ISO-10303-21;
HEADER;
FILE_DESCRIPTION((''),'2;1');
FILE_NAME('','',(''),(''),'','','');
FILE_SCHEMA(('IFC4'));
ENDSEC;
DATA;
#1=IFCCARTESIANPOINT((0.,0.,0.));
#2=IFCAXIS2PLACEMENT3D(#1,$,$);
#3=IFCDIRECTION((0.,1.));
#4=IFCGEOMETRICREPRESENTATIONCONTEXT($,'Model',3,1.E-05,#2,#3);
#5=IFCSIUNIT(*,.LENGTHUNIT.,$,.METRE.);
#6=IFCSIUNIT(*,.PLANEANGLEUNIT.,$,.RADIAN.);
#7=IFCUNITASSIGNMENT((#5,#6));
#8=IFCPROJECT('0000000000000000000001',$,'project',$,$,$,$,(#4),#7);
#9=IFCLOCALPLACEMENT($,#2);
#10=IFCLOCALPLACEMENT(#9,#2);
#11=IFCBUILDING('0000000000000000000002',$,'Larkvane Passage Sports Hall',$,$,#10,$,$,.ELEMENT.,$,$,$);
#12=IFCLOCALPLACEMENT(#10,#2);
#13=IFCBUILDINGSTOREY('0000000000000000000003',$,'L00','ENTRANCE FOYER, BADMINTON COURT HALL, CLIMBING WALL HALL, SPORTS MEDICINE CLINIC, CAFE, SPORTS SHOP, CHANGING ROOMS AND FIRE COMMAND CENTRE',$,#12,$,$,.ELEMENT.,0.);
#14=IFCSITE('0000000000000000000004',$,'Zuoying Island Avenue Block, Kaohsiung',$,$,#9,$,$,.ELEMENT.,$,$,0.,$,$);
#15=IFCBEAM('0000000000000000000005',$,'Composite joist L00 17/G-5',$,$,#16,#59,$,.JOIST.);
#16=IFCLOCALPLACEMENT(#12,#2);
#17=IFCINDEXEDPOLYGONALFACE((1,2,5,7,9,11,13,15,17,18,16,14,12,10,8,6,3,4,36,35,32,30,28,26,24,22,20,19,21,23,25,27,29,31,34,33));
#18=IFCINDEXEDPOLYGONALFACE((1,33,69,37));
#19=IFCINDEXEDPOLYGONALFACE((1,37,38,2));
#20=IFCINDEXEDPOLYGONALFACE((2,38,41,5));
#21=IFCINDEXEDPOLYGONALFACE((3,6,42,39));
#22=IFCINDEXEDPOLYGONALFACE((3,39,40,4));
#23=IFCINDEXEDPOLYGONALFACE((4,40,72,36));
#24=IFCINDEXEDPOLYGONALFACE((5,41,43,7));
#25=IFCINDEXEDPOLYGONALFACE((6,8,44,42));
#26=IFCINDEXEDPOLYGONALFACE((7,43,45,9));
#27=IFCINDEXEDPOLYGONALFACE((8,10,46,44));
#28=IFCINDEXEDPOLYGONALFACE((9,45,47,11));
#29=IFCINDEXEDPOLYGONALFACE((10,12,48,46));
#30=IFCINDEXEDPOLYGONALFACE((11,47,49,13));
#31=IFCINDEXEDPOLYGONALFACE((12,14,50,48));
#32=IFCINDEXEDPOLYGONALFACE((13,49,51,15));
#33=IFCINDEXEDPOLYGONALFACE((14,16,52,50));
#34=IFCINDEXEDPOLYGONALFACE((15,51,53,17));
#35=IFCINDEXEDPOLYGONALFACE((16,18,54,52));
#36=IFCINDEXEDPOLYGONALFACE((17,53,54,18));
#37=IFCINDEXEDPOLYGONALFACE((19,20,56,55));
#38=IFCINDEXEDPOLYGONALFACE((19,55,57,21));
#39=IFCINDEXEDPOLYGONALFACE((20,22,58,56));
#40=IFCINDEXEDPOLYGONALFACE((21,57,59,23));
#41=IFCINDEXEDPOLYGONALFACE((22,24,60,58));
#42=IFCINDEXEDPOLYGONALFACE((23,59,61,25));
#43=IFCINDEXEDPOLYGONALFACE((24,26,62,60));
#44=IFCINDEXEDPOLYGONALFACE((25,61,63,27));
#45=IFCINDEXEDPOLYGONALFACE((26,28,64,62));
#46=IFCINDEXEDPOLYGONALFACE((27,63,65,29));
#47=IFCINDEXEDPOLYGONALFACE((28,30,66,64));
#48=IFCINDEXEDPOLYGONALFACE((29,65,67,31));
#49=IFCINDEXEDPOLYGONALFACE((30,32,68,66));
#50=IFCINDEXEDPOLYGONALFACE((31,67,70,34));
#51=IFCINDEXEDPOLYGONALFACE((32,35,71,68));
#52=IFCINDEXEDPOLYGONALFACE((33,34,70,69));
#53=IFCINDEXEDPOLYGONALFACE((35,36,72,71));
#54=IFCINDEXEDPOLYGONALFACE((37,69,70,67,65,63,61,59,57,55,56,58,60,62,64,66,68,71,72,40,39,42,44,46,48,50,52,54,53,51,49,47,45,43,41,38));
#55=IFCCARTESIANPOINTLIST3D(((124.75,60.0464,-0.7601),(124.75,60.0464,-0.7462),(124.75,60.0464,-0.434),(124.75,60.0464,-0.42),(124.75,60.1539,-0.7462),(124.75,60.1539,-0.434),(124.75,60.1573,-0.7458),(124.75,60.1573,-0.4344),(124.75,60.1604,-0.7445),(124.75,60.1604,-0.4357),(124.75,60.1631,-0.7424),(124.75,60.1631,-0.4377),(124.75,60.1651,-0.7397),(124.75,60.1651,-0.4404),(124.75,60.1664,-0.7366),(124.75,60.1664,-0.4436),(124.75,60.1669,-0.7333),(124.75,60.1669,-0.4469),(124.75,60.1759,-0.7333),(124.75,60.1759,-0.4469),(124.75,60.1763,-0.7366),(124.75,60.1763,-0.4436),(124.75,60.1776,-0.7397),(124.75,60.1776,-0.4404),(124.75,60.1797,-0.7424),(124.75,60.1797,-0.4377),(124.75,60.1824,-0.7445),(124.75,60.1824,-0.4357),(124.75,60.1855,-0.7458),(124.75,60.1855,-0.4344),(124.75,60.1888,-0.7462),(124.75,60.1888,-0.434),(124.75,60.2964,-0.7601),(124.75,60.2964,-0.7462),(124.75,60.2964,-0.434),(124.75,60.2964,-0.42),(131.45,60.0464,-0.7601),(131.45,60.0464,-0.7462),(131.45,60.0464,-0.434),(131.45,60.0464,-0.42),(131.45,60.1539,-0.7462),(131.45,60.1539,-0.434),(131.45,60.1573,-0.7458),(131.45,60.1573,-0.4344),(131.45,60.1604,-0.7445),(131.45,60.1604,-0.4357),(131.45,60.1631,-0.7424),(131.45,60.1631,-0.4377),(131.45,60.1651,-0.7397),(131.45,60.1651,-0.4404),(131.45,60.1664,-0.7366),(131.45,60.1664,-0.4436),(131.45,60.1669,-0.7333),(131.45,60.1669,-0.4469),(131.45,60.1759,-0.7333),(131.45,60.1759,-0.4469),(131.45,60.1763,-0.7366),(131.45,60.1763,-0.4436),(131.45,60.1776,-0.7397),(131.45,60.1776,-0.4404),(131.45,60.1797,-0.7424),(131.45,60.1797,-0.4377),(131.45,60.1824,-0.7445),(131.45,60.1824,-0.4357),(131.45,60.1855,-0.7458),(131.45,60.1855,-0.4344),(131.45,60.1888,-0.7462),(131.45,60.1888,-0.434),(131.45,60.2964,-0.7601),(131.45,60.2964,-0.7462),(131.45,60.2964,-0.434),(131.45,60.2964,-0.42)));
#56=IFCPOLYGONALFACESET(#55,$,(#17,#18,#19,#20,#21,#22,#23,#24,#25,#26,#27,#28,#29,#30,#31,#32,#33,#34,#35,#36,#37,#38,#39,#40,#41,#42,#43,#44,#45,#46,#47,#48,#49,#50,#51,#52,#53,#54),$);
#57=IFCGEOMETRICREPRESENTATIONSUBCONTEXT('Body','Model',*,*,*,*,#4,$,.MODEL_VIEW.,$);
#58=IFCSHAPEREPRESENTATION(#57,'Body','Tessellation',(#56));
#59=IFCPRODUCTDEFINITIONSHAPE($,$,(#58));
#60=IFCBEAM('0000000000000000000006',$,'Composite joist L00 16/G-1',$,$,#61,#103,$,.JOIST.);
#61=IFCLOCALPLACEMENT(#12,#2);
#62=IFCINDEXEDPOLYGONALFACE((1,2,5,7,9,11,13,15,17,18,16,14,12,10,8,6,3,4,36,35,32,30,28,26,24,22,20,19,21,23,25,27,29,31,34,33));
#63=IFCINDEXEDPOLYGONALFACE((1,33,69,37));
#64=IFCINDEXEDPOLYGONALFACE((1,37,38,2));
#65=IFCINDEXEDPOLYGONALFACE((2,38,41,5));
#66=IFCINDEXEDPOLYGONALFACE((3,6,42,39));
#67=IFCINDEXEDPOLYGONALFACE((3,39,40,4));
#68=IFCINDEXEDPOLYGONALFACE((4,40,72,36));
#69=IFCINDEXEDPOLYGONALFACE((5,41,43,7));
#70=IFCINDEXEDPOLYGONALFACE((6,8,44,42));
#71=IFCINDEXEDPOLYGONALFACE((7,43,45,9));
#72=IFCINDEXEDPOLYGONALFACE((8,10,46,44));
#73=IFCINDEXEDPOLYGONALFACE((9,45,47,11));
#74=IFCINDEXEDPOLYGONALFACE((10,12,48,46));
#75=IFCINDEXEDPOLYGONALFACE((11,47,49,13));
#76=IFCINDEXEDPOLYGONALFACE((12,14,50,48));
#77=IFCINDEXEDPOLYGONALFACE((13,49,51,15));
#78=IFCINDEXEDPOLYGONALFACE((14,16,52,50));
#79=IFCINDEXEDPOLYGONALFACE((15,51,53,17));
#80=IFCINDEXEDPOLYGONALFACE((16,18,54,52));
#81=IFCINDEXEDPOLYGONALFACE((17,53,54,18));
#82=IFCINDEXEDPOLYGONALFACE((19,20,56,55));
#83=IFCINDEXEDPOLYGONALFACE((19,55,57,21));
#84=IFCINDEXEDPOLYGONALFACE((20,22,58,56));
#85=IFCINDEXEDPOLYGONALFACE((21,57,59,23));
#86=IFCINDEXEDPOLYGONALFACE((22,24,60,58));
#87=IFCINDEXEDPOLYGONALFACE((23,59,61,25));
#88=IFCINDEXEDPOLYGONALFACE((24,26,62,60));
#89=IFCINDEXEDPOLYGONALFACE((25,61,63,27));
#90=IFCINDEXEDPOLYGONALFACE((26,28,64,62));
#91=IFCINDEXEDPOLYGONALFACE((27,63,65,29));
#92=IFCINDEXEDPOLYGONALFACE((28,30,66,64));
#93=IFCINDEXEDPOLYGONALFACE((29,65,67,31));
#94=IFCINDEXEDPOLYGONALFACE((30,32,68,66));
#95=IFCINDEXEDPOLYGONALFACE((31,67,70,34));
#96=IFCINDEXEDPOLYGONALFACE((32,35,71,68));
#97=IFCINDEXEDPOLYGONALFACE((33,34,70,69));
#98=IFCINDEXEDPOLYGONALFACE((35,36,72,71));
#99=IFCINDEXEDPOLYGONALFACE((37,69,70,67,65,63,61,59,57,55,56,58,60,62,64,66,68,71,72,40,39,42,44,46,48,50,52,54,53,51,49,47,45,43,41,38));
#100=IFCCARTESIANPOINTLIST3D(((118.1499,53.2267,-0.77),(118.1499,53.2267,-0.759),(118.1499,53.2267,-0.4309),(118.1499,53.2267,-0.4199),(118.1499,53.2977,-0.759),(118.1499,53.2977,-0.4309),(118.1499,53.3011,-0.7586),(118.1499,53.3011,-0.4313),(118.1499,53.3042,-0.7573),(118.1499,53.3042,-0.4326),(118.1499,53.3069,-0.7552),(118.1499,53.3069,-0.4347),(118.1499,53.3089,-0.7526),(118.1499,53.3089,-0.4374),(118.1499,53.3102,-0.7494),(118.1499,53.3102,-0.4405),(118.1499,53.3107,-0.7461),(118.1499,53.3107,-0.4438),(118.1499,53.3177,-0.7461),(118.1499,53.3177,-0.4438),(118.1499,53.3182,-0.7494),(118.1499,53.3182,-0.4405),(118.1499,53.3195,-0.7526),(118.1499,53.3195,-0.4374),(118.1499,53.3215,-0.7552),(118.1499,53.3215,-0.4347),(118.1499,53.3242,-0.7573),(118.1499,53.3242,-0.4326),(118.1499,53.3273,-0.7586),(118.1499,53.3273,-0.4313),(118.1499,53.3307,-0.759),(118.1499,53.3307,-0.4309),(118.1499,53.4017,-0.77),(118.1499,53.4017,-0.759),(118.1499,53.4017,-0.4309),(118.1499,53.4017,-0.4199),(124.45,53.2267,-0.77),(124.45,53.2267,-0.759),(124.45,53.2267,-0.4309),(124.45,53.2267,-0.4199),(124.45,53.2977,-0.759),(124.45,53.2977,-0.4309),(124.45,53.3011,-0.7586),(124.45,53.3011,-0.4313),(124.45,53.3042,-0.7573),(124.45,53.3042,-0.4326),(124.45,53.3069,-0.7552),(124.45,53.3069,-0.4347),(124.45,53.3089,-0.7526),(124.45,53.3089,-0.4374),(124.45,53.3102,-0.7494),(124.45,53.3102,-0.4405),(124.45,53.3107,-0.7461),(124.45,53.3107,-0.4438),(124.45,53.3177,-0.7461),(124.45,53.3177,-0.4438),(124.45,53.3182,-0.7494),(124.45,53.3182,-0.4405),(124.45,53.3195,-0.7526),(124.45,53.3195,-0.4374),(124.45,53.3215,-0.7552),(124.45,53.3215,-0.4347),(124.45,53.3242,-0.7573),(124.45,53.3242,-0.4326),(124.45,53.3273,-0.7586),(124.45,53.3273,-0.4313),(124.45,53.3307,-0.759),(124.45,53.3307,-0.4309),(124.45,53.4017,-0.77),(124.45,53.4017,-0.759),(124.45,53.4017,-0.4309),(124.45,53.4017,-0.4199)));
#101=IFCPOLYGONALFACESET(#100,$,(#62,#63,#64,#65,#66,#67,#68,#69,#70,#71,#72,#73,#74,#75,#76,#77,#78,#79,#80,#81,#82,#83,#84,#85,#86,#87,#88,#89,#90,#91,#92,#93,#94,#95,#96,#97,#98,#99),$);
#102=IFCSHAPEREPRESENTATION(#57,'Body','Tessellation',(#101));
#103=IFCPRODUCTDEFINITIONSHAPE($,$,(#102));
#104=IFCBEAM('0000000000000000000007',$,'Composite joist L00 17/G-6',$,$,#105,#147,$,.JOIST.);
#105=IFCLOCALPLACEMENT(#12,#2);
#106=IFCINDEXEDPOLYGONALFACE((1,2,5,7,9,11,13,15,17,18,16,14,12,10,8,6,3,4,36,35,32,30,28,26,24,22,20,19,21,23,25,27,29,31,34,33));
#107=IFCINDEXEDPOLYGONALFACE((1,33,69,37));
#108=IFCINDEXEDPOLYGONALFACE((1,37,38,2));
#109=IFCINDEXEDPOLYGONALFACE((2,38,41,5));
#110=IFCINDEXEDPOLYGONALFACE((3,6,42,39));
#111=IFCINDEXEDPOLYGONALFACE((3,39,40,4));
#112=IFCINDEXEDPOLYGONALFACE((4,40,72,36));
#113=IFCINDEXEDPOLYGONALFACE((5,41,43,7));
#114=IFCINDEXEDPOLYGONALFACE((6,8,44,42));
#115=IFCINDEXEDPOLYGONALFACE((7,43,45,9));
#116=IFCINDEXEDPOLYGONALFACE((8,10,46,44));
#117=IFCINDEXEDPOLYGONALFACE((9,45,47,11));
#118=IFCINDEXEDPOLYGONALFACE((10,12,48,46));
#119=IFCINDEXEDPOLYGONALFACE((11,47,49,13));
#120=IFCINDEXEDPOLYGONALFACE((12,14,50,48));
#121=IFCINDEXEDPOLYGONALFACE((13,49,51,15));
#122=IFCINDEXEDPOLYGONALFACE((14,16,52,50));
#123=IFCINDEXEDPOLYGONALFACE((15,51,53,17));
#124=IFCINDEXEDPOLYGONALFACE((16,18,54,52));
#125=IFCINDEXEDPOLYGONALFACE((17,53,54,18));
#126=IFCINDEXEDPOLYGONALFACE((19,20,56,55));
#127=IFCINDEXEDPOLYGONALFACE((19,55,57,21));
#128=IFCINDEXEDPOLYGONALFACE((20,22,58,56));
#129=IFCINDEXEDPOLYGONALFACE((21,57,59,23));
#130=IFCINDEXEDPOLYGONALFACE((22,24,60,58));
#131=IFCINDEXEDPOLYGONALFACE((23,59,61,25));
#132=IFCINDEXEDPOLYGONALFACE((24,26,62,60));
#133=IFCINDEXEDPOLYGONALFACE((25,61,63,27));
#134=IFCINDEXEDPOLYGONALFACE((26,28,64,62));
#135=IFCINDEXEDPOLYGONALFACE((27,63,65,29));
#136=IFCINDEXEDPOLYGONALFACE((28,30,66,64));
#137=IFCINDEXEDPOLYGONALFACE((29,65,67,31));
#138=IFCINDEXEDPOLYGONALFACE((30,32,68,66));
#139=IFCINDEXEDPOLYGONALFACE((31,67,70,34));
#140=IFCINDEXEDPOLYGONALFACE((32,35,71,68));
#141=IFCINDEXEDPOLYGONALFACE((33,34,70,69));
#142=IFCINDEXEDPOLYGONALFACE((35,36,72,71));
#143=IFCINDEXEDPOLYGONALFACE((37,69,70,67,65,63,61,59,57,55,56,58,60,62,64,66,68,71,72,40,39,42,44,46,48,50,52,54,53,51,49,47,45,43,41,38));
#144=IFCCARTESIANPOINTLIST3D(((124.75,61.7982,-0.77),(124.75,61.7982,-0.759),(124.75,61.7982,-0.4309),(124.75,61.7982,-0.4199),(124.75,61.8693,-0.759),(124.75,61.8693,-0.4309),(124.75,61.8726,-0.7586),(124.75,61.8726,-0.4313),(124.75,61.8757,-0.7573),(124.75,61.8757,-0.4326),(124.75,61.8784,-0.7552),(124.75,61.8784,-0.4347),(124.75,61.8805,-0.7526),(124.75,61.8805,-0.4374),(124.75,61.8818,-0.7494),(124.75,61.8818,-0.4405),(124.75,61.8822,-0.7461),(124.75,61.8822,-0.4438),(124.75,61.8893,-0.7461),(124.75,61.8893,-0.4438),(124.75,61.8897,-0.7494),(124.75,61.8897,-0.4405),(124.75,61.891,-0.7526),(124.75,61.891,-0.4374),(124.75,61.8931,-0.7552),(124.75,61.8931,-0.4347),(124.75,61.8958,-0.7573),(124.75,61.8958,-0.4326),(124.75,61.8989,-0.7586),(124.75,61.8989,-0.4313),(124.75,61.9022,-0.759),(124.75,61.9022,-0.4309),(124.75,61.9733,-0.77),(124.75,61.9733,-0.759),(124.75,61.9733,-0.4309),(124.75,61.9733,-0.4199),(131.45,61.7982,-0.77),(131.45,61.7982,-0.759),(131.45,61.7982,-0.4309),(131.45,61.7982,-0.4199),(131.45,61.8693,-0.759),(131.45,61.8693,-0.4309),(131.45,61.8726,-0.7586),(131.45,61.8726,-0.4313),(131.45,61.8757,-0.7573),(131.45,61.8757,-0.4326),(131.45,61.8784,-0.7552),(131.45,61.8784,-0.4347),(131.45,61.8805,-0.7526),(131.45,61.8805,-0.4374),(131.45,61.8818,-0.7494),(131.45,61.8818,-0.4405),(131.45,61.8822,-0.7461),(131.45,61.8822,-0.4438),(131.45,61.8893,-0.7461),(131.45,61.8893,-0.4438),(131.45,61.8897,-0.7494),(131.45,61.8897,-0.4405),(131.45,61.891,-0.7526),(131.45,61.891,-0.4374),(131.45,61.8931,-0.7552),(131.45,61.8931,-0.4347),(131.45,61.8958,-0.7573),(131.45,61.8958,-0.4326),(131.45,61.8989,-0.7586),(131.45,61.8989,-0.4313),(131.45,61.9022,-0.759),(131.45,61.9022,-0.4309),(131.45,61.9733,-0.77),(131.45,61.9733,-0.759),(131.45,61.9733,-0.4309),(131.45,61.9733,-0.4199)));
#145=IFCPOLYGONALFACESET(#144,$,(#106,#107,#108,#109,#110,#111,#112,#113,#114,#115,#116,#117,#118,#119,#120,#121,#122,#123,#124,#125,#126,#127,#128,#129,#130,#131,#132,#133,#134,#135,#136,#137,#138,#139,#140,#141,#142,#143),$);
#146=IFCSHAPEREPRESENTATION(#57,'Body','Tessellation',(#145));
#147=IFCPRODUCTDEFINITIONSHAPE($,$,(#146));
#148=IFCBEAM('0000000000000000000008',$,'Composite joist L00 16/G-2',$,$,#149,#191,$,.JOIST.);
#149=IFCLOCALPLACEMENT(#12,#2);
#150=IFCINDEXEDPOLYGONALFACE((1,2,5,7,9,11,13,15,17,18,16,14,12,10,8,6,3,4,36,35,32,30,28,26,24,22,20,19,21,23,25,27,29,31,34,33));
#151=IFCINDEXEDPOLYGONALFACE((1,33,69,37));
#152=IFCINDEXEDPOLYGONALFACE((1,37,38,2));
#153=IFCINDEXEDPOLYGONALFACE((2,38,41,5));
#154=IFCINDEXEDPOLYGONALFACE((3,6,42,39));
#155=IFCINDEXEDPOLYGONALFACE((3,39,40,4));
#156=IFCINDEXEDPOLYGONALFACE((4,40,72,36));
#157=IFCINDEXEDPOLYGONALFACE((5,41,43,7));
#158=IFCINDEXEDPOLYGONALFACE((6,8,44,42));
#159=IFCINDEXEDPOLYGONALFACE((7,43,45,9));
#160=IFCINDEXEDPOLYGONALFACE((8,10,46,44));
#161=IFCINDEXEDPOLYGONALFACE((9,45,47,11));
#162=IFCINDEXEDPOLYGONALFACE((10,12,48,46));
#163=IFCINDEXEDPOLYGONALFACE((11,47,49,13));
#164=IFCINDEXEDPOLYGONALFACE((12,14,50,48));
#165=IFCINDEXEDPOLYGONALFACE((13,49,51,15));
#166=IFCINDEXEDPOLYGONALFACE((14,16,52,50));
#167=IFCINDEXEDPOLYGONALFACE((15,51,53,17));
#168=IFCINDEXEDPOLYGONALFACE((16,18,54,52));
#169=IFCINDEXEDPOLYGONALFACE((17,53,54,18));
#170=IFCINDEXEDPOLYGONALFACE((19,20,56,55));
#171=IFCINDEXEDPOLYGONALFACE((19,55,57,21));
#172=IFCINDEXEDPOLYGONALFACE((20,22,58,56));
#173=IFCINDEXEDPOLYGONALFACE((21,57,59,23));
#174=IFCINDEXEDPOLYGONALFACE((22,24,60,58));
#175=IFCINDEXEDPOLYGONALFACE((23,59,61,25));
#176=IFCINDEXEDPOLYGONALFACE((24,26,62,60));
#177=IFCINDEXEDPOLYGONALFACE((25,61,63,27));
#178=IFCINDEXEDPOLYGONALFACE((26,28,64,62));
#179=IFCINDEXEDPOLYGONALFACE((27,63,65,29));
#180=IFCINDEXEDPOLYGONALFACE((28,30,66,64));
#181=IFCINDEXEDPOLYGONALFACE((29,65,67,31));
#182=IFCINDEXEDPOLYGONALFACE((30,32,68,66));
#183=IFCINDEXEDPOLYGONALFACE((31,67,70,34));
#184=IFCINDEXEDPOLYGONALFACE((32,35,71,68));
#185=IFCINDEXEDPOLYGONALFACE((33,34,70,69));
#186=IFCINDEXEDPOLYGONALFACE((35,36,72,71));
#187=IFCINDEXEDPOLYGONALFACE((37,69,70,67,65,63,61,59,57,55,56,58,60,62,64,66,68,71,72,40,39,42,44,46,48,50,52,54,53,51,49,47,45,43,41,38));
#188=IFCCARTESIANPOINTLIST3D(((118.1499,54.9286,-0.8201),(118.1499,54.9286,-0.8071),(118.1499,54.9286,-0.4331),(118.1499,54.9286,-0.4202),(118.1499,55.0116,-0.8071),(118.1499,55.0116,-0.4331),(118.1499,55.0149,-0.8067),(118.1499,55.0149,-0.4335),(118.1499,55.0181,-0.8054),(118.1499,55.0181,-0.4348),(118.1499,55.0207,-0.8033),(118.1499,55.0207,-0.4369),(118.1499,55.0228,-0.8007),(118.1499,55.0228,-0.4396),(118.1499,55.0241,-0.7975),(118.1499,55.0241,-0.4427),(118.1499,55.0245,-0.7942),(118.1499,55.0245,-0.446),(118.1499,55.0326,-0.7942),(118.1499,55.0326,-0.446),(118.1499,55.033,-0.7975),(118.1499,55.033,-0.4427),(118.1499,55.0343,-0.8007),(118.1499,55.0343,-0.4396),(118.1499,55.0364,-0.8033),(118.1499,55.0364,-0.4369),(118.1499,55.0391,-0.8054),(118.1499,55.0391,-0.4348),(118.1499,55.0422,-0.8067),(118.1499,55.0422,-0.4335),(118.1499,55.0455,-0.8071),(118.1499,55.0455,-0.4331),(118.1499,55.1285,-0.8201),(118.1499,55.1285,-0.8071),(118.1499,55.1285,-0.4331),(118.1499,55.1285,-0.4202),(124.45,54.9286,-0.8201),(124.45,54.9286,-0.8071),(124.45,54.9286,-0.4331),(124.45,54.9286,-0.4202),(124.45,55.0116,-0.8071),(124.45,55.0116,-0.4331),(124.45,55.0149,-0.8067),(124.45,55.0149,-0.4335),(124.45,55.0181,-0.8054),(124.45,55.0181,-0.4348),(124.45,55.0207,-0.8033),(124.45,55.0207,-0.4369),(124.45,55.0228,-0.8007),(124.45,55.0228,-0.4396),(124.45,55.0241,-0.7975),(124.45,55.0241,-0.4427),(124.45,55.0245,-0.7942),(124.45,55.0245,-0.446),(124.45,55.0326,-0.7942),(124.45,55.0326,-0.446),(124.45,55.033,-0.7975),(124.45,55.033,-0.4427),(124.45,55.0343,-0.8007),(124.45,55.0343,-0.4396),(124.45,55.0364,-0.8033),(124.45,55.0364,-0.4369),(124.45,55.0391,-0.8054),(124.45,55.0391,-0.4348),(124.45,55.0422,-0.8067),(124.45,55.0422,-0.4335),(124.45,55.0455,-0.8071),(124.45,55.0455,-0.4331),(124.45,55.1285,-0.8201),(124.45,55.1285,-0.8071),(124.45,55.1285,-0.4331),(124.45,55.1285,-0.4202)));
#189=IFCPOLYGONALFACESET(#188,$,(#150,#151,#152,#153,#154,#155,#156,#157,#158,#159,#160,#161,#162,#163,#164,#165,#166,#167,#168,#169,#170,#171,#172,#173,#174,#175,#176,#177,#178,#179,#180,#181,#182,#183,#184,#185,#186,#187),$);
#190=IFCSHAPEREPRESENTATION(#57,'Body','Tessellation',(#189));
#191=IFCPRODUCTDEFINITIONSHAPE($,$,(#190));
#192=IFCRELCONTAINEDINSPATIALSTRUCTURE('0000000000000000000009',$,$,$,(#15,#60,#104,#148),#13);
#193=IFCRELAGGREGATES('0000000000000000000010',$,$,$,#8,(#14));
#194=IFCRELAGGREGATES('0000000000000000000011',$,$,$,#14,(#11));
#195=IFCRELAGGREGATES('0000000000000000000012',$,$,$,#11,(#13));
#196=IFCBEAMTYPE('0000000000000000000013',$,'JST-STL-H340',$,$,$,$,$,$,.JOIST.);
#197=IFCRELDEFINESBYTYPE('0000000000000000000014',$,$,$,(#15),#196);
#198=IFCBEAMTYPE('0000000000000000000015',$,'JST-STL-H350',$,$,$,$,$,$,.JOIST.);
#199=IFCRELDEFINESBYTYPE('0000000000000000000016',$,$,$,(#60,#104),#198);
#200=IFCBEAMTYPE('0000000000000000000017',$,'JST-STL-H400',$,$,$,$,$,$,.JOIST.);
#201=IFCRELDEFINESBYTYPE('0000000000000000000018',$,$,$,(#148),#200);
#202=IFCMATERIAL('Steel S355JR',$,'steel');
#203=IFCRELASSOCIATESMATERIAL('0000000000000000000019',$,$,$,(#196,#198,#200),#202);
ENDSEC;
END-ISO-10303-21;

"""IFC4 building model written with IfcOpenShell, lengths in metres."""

from ifc_helpers import new_model, si_unit, direction, frame, origin, origin_2d, place, context, subcontext, project, spatial, i_section, extrude, material, material_profile, profile_set, type_object, element, save


model = new_model("IFC4")

# Units and contexts
model_context = context("Model", 3, precision=1e-05, world=origin(), true_north=direction((0.0, 1.0)))
body_context = subcontext(model_context, "Body", "Model", "MODEL_VIEW")
ifc_project = project(units=[si_unit("LENGTHUNIT", "METRE"), si_unit("PLANEANGLEUNIT", "RADIAN")], contexts=[model_context])

# Site, building, storey
site_placement = place(None, origin())
site = spatial("IfcSite", under=ifc_project, at=site_placement, Name="Zuoying Island Avenue Block, Kaohsiung", CompositionType="ELEMENT", RefElevation=0.0)
building_placement = place(site_placement, origin())
building = spatial("IfcBuilding", under=site, at=building_placement, Name="Larkvane Passage Sports Hall", CompositionType="ELEMENT")
storey_placement = place(building_placement, origin())
storey = spatial("IfcBuildingStorey", under=building, at=storey_placement, Name="L00", Description="ENTRANCE FOYER, BADMINTON COURT HALL, CLIMBING WALL HALL, SPORTS MEDICINE CLINIC, CAFE, SPORTS SHOP, CHANGING ROOMS AND FIRE COMMAND CENTRE", CompositionType="ELEMENT", Elevation=0.0)

# Beams
ifc_material_1 = material(Name="Steel S355JR", Category="steel")
ifc_material_profile_1 = material_profile(ifc_material_1, i_section(OverallWidth=0.25, OverallDepth=0.3401, WebThickness=0.009, FlangeThickness=0.0139, FilletRadius=0.0129, at=origin_2d()), Name="H-340x250x9x14")
ifc_profile_set_1 = profile_set([ifc_material_profile_1], Name="Steel S355JR")
beam_type_1 = type_object("IfcBeamType", Name="JST-STL-H340", PredefinedType="JOIST", material=ifc_profile_set_1)
beam_1_placement = place(storey_placement, frame((124.75, 60.1714, -0.5901), z_axis=(1.0, 0.0, 0.0), x_axis=(0.0, 1.0, 0.0)))
element("IfcBeam", 1, at=beam_1_placement, inside=storey, type_object=beam_type_1, Name="Composite joist L00 17/G-5", PredefinedType="JOIST", context=body_context, shape_type="SweptSolid", body=[
    extrude(i_section(OverallWidth=0.25, OverallDepth=0.3401, WebThickness=0.009, FlangeThickness=0.0139, FilletRadius=0.0129, at=origin_2d()), origin(), (0.0, 0.0, 1.0), 6.7),
])
ifc_material_profile_2 = material_profile(ifc_material_1, i_section(OverallWidth=0.175, OverallDepth=0.3501, WebThickness=0.0071, FlangeThickness=0.011, FilletRadius=0.0129, at=origin_2d()), Name="H-350x175x7x11")
ifc_profile_set_2 = profile_set([ifc_material_profile_2], Name="Steel S355JR")
beam_type_2 = type_object("IfcBeamType", Name="JST-STL-H350", PredefinedType="JOIST", material=ifc_profile_set_2)
beam_2_placement = place(storey_placement, frame((118.1499, 53.3142, -0.595), z_axis=(1.0, 0.0, 0.0), x_axis=(0.0, 1.0, 0.0)))
element("IfcBeam", 2, at=beam_2_placement, inside=storey, type_object=beam_type_2, Name="Composite joist L00 16/G-1", PredefinedType="JOIST", context=body_context, shape_type="SweptSolid", body=[
    extrude(i_section(OverallWidth=0.175, OverallDepth=0.3501, WebThickness=0.0071, FlangeThickness=0.011, FilletRadius=0.0129, at=origin_2d()), origin(), (0.0, 0.0, 1.0), 6.3),
])
beam_3_placement = place(storey_placement, frame((124.75, 61.8857, -0.595), z_axis=(1.0, 0.0, 0.0), x_axis=(0.0, 1.0, 0.0)))
element("IfcBeam", 3, at=beam_3_placement, inside=storey, type_object=beam_type_2, Name="Composite joist L00 17/G-6", PredefinedType="JOIST", context=body_context, shape_type="SweptSolid", body=[
    extrude(i_section(OverallWidth=0.175, OverallDepth=0.3501, WebThickness=0.0071, FlangeThickness=0.011, FilletRadius=0.0129, at=origin_2d()), origin(), (0.0, 0.0, 1.0), 6.7),
])
ifc_material_profile_3 = material_profile(ifc_material_1, i_section(OverallWidth=0.2, OverallDepth=0.3999, WebThickness=0.0081, FlangeThickness=0.0129, FilletRadius=0.0129, at=origin_2d()), Name="H-400x200x8x13")
ifc_profile_set_3 = profile_set([ifc_material_profile_3], Name="Steel S355JR")
beam_type_3 = type_object("IfcBeamType", Name="JST-STL-H400", PredefinedType="JOIST", material=ifc_profile_set_3)
beam_4_placement = place(storey_placement, frame((118.1499, 55.0286, -0.6201), z_axis=(1.0, 0.0, 0.0), x_axis=(0.0, 1.0, 0.0)))
element("IfcBeam", 4, at=beam_4_placement, inside=storey, type_object=beam_type_3, Name="Composite joist L00 16/G-2", PredefinedType="JOIST", context=body_context, shape_type="SweptSolid", body=[
    extrude(i_section(OverallWidth=0.2, OverallDepth=0.3999, WebThickness=0.0081, FlangeThickness=0.0129, FilletRadius=0.0129, at=origin_2d()), origin(), (0.0, 0.0, 1.0), 6.3),
])

save(model, "model.ifc")
